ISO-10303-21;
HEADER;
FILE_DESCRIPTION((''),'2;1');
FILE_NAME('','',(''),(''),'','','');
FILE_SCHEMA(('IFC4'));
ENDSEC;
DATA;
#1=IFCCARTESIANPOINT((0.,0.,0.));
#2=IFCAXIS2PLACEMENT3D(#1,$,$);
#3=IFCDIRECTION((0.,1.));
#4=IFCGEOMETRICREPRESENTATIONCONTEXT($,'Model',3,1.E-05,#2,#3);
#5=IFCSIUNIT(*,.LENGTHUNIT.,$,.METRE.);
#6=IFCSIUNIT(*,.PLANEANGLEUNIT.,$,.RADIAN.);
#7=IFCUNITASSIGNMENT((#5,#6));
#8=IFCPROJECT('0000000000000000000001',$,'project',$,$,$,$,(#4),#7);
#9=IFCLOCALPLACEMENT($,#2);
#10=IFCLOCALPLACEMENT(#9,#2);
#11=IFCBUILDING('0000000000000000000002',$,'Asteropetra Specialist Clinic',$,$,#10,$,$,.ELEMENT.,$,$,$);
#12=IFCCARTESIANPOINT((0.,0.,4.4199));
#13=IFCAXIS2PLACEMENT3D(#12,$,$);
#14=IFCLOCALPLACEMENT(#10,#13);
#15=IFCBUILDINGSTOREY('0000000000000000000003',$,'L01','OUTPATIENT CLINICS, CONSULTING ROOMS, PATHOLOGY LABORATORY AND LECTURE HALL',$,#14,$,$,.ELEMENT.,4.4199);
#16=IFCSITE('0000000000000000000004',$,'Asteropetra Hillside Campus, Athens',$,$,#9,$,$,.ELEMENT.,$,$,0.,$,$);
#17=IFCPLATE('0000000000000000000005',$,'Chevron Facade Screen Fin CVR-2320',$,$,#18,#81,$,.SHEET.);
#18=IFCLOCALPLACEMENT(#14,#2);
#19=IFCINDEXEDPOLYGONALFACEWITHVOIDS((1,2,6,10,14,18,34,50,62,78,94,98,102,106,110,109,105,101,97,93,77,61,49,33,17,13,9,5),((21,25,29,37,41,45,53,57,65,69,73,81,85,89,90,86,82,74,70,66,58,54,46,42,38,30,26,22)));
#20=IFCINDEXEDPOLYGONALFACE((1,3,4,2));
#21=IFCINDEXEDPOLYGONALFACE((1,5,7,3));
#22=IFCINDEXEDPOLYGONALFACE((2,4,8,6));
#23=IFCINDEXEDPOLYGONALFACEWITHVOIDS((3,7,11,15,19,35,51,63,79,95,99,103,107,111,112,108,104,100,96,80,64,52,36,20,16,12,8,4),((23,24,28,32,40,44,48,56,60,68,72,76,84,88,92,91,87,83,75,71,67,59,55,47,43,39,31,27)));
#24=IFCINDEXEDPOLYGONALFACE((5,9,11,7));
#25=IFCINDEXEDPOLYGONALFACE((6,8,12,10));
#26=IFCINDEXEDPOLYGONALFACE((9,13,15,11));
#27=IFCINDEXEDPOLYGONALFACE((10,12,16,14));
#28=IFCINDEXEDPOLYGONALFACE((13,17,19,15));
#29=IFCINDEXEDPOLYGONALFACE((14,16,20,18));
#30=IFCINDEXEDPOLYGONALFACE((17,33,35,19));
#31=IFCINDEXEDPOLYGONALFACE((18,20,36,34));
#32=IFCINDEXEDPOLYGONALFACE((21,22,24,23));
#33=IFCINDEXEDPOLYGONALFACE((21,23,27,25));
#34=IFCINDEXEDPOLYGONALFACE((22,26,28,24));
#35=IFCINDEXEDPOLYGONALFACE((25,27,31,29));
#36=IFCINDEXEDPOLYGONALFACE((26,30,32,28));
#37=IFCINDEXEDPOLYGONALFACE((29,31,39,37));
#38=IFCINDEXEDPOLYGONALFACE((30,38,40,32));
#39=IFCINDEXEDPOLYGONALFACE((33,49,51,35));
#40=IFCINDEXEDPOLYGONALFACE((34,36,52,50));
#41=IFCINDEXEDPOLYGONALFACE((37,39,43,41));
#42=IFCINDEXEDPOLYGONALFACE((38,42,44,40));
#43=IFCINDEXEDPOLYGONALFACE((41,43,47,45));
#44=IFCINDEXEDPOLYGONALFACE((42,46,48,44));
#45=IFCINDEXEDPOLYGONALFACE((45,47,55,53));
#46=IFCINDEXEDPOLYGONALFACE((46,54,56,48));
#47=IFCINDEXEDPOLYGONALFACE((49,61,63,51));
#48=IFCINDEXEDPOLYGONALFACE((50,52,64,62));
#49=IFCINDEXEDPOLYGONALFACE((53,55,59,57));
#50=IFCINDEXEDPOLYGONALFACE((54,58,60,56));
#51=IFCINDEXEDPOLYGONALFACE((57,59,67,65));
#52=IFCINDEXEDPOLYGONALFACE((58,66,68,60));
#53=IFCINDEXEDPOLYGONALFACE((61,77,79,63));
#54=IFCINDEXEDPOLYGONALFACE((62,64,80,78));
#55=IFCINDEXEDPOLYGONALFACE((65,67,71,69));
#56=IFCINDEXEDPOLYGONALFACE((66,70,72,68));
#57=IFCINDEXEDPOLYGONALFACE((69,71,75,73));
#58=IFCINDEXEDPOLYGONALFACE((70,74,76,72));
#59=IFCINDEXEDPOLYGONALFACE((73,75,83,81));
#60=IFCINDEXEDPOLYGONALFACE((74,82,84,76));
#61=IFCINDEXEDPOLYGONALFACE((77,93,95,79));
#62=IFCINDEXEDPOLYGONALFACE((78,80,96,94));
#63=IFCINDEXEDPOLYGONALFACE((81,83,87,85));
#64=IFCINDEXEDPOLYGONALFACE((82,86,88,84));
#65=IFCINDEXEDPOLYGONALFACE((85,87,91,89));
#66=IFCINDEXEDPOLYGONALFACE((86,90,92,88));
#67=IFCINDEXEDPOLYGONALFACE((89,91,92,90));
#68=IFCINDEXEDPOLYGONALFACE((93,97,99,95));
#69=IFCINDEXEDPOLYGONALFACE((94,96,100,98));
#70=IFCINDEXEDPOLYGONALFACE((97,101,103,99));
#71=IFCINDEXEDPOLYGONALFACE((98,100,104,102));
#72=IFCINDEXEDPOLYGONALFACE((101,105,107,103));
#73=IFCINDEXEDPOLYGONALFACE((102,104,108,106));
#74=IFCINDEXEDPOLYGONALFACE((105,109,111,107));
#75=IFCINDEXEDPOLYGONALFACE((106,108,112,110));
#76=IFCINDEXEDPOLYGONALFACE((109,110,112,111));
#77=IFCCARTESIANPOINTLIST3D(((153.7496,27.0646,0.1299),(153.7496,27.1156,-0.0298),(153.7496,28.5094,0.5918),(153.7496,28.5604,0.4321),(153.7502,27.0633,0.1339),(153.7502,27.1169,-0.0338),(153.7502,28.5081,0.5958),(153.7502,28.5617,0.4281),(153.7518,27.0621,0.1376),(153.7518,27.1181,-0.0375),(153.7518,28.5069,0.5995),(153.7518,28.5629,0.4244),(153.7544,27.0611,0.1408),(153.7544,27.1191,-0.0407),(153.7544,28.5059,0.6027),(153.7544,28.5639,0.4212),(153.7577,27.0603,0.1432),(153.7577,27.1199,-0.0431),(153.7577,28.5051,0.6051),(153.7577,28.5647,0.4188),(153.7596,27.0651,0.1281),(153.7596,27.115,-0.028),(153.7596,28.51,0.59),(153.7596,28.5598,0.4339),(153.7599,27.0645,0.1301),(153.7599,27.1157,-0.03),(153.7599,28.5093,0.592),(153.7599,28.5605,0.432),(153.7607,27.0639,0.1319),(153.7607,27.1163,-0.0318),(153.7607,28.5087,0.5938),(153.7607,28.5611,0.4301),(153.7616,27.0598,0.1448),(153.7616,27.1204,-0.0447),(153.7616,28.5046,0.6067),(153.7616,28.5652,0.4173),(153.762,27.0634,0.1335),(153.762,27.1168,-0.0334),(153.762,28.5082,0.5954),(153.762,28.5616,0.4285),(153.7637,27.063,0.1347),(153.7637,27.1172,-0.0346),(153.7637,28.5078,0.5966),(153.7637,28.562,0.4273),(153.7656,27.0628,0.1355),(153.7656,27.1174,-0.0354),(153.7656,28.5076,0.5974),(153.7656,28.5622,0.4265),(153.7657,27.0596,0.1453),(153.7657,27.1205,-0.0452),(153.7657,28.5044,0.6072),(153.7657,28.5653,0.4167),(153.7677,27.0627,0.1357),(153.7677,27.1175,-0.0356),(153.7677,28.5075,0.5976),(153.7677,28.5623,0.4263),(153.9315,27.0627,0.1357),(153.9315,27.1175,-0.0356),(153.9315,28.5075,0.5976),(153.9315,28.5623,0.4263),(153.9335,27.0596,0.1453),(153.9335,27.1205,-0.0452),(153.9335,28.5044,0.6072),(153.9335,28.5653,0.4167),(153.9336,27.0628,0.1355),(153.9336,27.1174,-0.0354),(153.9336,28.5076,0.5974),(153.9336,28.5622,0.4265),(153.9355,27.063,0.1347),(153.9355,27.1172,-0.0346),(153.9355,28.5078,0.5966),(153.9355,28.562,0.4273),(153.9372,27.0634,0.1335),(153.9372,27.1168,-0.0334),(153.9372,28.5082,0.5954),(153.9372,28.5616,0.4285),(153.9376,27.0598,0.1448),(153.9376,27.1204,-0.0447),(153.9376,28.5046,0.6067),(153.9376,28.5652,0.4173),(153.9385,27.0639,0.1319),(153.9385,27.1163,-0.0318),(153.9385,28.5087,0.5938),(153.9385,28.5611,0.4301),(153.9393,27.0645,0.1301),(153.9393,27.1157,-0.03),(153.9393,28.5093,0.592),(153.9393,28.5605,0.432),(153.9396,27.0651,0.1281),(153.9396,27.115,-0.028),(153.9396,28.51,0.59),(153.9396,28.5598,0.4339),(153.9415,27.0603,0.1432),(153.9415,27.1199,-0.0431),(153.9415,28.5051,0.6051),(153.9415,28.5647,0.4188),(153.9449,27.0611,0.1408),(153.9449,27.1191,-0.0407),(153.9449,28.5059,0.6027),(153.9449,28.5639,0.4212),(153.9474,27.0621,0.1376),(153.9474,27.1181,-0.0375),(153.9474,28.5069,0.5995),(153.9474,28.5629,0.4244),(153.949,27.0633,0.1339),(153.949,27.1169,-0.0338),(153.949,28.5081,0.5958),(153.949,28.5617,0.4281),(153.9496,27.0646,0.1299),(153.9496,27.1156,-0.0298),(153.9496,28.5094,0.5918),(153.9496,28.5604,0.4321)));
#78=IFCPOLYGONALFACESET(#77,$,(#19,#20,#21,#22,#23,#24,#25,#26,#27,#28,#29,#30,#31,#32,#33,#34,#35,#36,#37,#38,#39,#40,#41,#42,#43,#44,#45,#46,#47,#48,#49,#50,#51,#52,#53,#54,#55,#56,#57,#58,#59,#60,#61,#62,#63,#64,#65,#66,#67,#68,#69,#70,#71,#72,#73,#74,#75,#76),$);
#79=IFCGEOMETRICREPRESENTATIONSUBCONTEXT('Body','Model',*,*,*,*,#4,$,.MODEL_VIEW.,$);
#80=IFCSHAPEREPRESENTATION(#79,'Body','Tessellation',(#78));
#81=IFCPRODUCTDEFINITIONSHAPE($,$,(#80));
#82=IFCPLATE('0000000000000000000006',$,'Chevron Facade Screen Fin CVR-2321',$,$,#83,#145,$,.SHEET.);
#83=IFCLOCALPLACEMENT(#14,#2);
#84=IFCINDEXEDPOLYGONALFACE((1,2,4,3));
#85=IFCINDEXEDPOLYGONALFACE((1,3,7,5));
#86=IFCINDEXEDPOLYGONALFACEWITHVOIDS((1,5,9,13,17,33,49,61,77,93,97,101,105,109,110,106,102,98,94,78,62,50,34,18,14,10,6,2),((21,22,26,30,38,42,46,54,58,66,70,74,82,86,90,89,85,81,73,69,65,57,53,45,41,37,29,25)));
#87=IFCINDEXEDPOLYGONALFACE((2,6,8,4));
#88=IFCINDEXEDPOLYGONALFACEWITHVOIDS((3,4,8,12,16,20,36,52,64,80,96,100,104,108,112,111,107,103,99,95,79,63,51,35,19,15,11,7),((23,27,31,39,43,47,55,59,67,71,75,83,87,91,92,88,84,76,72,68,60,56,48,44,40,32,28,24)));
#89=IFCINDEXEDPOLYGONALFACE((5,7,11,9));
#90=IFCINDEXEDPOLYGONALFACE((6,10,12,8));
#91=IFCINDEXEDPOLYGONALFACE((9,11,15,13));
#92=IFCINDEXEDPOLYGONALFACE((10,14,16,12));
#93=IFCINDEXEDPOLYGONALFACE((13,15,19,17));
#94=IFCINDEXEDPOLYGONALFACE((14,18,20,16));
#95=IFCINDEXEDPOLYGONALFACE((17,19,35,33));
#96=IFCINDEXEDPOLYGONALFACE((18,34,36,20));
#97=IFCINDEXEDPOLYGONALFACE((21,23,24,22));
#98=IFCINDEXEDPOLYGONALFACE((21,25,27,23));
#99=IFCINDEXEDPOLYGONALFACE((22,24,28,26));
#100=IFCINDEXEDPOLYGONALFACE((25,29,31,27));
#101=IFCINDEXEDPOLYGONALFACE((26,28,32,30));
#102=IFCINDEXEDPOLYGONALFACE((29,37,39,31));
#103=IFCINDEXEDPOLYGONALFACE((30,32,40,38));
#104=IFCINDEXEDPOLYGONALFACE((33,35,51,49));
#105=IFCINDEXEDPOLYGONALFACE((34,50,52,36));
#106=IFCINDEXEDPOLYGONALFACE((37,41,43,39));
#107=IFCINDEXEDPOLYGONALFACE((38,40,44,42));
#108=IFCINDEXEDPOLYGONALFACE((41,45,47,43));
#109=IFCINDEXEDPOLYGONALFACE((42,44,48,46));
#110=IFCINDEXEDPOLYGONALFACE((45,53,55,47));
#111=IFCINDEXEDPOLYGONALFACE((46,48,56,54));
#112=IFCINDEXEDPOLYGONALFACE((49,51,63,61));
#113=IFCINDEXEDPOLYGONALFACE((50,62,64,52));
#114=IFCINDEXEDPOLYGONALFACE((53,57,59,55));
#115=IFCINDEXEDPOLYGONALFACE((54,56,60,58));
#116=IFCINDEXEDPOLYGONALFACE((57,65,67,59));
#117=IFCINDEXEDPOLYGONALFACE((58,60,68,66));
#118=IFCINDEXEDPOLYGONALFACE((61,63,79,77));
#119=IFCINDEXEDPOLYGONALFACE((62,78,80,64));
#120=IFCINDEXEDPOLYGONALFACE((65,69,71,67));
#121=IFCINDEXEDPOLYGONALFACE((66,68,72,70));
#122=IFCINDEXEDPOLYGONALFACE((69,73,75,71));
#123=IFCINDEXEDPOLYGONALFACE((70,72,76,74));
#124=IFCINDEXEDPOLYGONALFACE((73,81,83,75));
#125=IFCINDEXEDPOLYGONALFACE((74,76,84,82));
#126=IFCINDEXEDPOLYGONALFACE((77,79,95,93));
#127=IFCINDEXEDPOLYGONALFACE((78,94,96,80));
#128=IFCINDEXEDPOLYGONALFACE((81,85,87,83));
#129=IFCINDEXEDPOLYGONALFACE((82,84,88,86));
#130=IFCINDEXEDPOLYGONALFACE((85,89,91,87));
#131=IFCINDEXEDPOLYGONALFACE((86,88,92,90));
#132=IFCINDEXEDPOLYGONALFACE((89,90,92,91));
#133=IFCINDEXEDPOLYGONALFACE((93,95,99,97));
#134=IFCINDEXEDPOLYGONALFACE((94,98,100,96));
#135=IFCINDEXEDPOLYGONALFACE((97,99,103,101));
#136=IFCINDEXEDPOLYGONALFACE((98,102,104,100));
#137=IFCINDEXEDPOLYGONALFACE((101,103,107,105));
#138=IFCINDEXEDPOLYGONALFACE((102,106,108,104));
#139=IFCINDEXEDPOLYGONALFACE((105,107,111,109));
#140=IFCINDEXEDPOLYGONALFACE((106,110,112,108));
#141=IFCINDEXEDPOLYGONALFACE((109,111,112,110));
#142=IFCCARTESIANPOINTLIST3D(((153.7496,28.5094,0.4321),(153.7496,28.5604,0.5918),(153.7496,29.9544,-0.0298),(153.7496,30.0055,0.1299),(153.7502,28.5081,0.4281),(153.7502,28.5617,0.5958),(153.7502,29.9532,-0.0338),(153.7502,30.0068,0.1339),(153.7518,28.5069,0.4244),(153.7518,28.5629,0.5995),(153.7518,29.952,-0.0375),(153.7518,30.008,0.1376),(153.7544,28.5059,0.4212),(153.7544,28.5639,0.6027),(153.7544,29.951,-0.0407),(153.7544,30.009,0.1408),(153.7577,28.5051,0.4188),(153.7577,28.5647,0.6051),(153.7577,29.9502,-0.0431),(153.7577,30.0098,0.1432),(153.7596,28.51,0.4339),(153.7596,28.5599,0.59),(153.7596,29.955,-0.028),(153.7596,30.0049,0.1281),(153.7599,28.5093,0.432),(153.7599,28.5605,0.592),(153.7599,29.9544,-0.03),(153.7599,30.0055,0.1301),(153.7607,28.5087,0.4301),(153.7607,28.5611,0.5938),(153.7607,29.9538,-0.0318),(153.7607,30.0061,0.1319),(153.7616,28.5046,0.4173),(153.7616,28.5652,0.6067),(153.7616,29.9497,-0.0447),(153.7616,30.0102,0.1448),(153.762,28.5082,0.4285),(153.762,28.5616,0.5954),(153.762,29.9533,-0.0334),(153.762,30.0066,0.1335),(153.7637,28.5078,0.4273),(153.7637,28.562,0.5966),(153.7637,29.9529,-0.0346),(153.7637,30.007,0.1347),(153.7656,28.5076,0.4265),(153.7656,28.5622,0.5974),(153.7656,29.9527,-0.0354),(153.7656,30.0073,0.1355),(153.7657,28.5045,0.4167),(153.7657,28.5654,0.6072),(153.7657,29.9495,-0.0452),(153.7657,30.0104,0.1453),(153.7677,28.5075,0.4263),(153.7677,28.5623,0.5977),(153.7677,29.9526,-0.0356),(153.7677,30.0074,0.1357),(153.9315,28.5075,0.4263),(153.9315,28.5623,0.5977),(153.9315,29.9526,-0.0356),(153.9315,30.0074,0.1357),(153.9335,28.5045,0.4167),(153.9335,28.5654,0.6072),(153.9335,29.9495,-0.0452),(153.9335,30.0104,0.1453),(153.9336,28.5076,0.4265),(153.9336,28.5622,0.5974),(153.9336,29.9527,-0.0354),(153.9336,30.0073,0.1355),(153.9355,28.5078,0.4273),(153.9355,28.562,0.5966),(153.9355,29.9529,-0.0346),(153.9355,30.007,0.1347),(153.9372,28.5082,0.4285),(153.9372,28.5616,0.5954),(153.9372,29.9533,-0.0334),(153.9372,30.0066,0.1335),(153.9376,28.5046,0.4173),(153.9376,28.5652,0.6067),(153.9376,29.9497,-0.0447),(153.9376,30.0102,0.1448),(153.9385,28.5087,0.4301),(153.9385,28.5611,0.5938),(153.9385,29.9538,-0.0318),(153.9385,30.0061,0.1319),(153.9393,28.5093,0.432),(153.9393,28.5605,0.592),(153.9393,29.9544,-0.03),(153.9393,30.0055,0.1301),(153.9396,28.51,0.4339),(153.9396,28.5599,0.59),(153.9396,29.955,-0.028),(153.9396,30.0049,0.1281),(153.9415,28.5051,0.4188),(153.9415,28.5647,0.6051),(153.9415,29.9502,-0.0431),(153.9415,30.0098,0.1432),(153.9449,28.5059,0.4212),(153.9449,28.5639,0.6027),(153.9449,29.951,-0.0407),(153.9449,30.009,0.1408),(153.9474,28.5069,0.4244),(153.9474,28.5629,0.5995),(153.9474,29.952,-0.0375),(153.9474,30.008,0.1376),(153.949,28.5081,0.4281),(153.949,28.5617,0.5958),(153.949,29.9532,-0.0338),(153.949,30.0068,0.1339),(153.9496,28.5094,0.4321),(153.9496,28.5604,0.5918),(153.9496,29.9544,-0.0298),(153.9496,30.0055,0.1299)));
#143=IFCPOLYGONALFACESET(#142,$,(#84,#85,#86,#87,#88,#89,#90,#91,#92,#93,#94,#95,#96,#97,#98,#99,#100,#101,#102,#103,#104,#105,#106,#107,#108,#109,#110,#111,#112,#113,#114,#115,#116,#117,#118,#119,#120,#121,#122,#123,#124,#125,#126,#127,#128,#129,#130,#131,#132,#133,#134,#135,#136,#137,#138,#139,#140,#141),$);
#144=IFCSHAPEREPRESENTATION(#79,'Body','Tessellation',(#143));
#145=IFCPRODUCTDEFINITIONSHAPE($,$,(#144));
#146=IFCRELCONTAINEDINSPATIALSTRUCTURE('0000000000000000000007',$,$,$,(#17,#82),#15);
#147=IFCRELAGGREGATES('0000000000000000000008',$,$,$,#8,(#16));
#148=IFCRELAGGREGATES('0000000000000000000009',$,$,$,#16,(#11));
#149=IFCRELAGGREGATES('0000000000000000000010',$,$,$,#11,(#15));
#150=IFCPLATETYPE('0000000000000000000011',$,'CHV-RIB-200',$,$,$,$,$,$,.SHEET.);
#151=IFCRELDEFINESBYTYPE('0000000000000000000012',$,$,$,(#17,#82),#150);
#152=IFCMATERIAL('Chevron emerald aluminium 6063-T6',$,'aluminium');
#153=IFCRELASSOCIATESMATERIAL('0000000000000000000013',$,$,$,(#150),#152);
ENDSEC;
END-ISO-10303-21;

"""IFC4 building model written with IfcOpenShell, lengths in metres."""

from ifc_helpers import new_model, si_unit, direction, frame, origin, origin_2d, place, context, subcontext, project, spatial, hollow_rectangle, extrude, material, material_profile, profile_set, type_object, element, save


model = new_model("IFC4")

# Units and contexts
model_context = context("Model", 3, precision=1e-05, world=origin(), true_north=direction((0.0, 1.0)))
body_context = subcontext(model_context, "Body", "Model", "MODEL_VIEW")
ifc_project = project(units=[si_unit("LENGTHUNIT", "METRE"), si_unit("PLANEANGLEUNIT", "RADIAN")], contexts=[model_context])

# Site, building, storey
site_placement = place(None, origin())
site = spatial("IfcSite", under=ifc_project, at=site_placement, Name="Asteropetra Hillside Campus, Athens", CompositionType="ELEMENT", RefElevation=0.0)
building_placement = place(site_placement, origin())
building = spatial("IfcBuilding", under=site, at=building_placement, Name="Asteropetra Specialist Clinic", CompositionType="ELEMENT")
storey_placement = place(building_placement, frame((0.0, 0.0, 4.4199)))
storey = spatial("IfcBuildingStorey", under=building, at=storey_placement, Name="L01", Description="OUTPATIENT CLINICS, CONSULTING ROOMS, PATHOLOGY LABORATORY AND LECTURE HALL", CompositionType="ELEMENT", Elevation=4.4199)

# Plates
ifc_material_1 = material(Name="Chevron emerald aluminium 6063-T6", Category="aluminium")
ifc_material_profile = material_profile(ifc_material_1, hollow_rectangle(XDim=0.2, YDim=0.2, WallThickness=0.01, InnerFilletRadius=0.0081, OuterFilletRadius=0.0161, at=origin_2d()), Name="SHS 200x200x10.0")
ifc_profile_set = profile_set([ifc_material_profile], Name="Chevron emerald aluminium 6063-T6")
plate_type = type_object("IfcPlateType", Name="CHV-RIB-200", PredefinedType="SHEET", material=ifc_profile_set)
plate_1_placement = place(storey_placement, frame((153.8496, 27.0901, 0.05), z_axis=(0.0, 0.952506, 0.304519), x_axis=(-1.0, 0.0, 0.0)))
element("IfcPlate", 1, at=plate_1_placement, inside=storey, type_object=plate_type, Name="Chevron Facade Screen Fin CVR-2320", PredefinedType="SHEET", context=body_context, shape_type="SweptSolid", body=[
    extrude(hollow_rectangle(XDim=0.2, YDim=0.2, WallThickness=0.01, InnerFilletRadius=0.0081, OuterFilletRadius=0.0161, at=origin_2d()), origin(), (0.0, 0.0, 1.0), 1.5168),
])
plate_2_placement = place(storey_placement, frame((153.8496, 28.5349, 0.512), z_axis=(0.0, 0.952521, -0.304472), x_axis=(-1.0, 0.0, 0.0)))
element("IfcPlate", 2, at=plate_2_placement, inside=storey, type_object=plate_type, Name="Chevron Facade Screen Fin CVR-2321", PredefinedType="SHEET", context=body_context, shape_type="SweptSolid", body=[
    extrude(hollow_rectangle(XDim=0.2, YDim=0.2, WallThickness=0.01, InnerFilletRadius=0.0081, OuterFilletRadius=0.0161, at=origin_2d()), origin(), (0.0, 0.0, 1.0), 1.5171),
])

save(model, "model.ifc")
